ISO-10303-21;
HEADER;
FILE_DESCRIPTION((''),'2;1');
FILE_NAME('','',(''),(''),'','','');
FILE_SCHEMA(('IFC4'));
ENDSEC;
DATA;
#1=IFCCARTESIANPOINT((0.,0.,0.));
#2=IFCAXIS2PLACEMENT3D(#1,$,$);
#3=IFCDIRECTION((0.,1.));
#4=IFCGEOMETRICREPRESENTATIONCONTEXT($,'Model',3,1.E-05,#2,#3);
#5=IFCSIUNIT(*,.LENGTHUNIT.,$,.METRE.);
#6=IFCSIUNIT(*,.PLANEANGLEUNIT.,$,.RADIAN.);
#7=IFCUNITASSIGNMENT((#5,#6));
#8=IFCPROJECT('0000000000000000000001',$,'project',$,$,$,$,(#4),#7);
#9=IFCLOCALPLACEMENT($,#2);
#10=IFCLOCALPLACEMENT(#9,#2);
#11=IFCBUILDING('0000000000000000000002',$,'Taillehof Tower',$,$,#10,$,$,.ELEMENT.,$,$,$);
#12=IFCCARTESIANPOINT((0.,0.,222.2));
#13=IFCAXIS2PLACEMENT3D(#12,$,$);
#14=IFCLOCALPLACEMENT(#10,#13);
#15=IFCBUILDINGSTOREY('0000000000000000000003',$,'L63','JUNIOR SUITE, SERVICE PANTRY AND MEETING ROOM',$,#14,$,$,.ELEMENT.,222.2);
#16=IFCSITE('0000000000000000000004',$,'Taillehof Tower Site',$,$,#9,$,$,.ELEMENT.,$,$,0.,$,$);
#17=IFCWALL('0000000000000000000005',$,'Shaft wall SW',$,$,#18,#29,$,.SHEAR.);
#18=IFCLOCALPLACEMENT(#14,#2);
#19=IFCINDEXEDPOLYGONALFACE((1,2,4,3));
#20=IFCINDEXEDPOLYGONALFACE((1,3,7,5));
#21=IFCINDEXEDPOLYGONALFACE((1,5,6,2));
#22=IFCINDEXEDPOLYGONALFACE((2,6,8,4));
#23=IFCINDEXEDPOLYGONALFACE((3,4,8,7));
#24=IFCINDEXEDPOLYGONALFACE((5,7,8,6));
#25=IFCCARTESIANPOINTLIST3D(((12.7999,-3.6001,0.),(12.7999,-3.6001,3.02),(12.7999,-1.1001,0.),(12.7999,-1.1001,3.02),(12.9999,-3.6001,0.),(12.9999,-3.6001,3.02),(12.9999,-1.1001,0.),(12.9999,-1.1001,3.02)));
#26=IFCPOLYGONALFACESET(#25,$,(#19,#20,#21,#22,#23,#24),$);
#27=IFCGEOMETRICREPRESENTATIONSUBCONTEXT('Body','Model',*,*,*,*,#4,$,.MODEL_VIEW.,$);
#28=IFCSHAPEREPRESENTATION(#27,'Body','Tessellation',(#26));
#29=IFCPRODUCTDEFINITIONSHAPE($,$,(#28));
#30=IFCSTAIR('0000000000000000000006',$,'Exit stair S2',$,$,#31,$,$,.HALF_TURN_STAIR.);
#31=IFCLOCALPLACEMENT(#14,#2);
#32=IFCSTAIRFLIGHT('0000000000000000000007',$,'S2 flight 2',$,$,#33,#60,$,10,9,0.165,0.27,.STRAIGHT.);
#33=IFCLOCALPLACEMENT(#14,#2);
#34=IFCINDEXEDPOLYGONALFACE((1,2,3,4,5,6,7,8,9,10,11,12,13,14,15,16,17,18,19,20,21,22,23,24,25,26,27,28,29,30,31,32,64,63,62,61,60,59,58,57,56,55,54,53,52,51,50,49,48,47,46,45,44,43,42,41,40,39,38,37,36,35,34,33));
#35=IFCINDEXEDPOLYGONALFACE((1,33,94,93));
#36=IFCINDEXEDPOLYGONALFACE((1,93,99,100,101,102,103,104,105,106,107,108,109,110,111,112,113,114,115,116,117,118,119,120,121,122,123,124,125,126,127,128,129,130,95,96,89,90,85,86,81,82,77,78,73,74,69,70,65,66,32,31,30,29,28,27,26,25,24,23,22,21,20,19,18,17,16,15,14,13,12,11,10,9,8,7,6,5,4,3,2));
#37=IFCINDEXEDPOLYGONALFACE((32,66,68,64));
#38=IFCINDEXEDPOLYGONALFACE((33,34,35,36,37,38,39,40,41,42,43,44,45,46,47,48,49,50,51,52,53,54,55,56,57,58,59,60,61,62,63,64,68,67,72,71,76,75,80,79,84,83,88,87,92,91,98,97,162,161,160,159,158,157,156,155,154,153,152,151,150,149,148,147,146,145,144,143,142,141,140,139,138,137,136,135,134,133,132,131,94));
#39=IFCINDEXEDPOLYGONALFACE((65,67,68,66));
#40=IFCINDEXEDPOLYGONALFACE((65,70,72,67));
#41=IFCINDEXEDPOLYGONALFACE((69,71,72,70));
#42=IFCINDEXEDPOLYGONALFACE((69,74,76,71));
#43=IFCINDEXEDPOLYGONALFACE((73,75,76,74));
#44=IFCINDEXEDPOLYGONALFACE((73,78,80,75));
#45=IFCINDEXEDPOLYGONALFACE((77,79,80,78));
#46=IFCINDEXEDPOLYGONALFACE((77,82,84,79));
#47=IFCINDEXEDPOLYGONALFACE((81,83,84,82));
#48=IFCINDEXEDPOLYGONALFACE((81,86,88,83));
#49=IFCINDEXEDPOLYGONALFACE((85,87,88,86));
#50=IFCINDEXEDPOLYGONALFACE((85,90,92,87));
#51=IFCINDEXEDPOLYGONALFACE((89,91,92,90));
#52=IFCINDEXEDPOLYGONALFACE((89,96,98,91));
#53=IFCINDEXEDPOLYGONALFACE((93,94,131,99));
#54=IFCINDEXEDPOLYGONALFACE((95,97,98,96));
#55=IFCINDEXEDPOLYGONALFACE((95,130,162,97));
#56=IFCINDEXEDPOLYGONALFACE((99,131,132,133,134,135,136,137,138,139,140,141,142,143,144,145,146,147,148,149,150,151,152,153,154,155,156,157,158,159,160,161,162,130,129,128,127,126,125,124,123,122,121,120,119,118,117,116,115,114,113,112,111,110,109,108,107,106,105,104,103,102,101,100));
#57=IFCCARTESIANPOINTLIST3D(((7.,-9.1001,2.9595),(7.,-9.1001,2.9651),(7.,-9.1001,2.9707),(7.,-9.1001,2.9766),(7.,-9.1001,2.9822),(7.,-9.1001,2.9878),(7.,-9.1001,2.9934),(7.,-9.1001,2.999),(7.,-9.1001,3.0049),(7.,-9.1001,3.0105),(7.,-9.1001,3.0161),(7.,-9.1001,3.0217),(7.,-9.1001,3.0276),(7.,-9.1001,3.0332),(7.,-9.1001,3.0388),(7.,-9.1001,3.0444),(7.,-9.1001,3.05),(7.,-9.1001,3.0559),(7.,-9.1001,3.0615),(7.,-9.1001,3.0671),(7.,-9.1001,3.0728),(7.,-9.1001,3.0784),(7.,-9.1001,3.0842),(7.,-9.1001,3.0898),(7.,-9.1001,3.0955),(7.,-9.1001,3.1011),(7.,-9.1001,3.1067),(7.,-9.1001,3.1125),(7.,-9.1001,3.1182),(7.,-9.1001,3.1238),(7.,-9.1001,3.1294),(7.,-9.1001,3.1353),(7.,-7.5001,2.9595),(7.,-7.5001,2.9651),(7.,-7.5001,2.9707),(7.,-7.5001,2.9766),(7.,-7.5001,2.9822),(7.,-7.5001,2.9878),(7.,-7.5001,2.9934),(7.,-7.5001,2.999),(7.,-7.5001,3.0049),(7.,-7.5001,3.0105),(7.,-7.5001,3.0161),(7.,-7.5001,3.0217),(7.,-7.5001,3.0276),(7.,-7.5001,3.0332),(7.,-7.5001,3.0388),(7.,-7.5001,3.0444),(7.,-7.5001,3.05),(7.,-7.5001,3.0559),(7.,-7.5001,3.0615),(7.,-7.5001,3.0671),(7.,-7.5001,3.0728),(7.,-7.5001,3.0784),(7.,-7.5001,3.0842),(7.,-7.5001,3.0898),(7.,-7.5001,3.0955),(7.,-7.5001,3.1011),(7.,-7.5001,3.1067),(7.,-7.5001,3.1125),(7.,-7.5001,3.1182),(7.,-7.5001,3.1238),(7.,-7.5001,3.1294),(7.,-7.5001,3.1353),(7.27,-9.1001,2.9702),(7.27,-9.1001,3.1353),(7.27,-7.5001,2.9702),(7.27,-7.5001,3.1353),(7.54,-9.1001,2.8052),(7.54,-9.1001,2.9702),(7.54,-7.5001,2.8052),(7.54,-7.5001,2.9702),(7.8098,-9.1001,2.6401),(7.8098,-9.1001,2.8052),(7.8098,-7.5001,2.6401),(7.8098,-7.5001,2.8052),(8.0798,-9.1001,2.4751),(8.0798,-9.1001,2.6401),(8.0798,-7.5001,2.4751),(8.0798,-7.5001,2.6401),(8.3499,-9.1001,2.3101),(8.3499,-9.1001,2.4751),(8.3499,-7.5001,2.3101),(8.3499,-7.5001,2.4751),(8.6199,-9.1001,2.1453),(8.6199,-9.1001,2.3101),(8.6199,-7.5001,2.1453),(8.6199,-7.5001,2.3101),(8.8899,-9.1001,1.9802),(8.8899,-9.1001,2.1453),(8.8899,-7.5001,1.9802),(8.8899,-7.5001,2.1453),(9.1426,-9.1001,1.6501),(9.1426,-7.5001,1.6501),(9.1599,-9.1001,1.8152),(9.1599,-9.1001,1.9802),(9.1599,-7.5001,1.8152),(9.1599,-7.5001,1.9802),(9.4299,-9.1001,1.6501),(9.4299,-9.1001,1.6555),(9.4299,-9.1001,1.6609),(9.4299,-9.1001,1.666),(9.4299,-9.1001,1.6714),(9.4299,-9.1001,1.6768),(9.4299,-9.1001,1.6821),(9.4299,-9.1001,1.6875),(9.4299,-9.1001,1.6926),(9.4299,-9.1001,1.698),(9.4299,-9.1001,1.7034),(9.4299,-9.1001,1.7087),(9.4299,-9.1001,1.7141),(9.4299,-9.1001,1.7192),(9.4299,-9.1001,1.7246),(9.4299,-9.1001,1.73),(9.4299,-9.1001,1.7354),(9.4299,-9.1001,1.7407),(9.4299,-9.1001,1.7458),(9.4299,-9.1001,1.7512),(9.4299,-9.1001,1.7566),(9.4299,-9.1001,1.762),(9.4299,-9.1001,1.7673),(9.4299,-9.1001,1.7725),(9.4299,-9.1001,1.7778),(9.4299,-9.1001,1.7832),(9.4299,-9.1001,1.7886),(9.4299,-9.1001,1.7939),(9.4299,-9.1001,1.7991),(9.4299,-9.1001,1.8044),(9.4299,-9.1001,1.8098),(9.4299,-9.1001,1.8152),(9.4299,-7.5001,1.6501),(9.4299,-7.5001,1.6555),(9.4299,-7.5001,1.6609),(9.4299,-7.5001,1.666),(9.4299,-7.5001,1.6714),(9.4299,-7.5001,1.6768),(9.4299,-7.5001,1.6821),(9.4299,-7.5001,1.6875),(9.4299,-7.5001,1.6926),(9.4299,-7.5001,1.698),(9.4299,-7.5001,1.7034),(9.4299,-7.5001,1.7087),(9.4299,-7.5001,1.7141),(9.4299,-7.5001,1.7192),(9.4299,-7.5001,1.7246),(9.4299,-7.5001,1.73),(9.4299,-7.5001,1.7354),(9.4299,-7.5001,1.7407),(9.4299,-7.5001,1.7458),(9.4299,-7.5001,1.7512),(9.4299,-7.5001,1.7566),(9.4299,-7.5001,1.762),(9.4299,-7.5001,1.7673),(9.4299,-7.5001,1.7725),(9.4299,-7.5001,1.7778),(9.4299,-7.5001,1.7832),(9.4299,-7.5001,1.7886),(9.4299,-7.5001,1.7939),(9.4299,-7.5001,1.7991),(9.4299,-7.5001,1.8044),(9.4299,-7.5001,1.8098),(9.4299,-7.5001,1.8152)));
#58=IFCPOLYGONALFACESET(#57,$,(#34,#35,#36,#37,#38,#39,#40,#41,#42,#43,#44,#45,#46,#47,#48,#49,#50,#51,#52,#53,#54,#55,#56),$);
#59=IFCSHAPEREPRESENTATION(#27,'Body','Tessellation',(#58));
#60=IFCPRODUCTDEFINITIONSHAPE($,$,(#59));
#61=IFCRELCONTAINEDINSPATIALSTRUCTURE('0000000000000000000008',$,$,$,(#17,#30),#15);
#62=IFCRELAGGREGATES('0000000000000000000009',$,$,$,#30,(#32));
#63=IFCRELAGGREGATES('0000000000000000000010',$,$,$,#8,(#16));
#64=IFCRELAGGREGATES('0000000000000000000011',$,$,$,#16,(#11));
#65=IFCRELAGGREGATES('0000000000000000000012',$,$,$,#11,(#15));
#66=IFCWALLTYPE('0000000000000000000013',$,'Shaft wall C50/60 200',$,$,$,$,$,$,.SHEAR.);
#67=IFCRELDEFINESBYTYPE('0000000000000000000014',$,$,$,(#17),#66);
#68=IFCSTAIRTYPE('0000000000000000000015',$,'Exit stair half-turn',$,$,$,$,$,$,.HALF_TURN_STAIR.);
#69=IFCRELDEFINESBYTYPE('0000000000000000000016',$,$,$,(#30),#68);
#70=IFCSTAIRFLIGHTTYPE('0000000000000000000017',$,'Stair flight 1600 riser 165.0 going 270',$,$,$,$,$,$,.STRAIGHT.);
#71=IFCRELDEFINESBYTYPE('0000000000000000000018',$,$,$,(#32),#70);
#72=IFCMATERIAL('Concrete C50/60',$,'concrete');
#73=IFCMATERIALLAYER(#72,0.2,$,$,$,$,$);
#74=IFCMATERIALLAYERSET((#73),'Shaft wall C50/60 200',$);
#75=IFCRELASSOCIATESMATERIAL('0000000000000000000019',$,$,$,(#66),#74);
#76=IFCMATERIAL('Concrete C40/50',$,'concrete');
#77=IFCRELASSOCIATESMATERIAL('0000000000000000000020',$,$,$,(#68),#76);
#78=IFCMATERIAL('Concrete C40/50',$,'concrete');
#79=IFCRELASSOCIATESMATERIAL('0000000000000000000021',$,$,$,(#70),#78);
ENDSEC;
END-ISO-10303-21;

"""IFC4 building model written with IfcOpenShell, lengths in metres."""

from ifc_helpers import new_model, si_unit, direction, frame, frame_2d, origin, place, context, subcontext, project, spatial, polyline, rectangle, outline, extrude, material, layer, layer_set, type_object, element, aggregate, save


model = new_model("IFC4")

# Units and contexts
model_context = context("Model", 3, precision=1e-05, world=origin(), true_north=direction((0.0, 1.0)))
body_context = subcontext(model_context, "Body", "Model", "MODEL_VIEW")
ifc_project = project(units=[si_unit("LENGTHUNIT", "METRE"), si_unit("PLANEANGLEUNIT", "RADIAN")], contexts=[model_context])

# Site, building, storey
site_placement = place(None, origin())
site = spatial("IfcSite", under=ifc_project, at=site_placement, Name="Taillehof Tower Site", CompositionType="ELEMENT", RefElevation=0.0)
building_placement = place(site_placement, origin())
building = spatial("IfcBuilding", under=site, at=building_placement, Name="Taillehof Tower", CompositionType="ELEMENT")
storey_placement = place(building_placement, frame((0.0, 0.0, 222.2)))
storey = spatial("IfcBuildingStorey", under=building, at=storey_placement, Name="L63", Description="JUNIOR SUITE, SERVICE PANTRY AND MEETING ROOM", CompositionType="ELEMENT", Elevation=222.2)

# Wall
ifc_material_1 = material(Name="Concrete C50/60", Category="concrete")
ifc_layer_1 = layer(ifc_material_1, 0.2)
ifc_layer_set_1 = layer_set([ifc_layer_1], Name="Shaft wall C50/60 200")
wall_type_1 = type_object("IfcWallType", Name="Shaft wall C50/60 200", PredefinedType="SHEAR", material=ifc_layer_set_1)
for number, where, z_axis, x_axis, name in (
    (1, (12.8999, -3.6001, 0.0), (0.0, 0.0, 1.0), (0.0, 1.0, 0.0), "Shaft wall SW"),
):
    element("IfcWall", number, at=place(storey_placement, frame(where, z_axis=z_axis, x_axis=x_axis)), inside=storey, type_object=wall_type_1, Name=name, PredefinedType="SHEAR", context=body_context, shape_type="SweptSolid", body=[
        extrude(rectangle(XDim=2.5, YDim=0.2, at=frame_2d((1.25, 0.0))), origin(), (0.0, 0.0, 1.0), 3.02),
    ])

# Stair, stair flight
ifc_material_2 = material(Name="Concrete C40/50", Category="concrete")
stair_type = type_object("IfcStairType", Name="Exit stair half-turn", PredefinedType="HALF_TURN_STAIR", material=ifc_material_2)
stair_placement = place(storey_placement, origin())
stair = element("IfcStair", 2, at=stair_placement, inside=storey, type_object=stair_type, Name="Exit stair S2", PredefinedType="HALF_TURN_STAIR")
ifc_material_3 = material(Name="Concrete C40/50", Category="concrete")
stair_flight_type = type_object("IfcStairFlightType", Name="Stair flight 1600 riser 165.0 going 270", PredefinedType="STRAIGHT", material=ifc_material_3)
stair_flight_placement = place(storey_placement, frame((9.4299, -8.3, 1.6501), z_axis=(0.0, 0.0, 1.0), x_axis=(-1.0, 0.0, 0.0)))
stair_flight = element("IfcStairFlight", 3, at=stair_flight_placement, type_object=stair_flight_type, Name="S2 flight 2", NumberOfRisers=10, NumberOfTreads=9, PredefinedType="STRAIGHT", RiserHeight=0.165, TreadLength=0.27, context=body_context, shape_type="SweptSolid", body=[
    extrude(outline(polyline([(0.0, 0.0), (0.0, 0.0054), (0.0, 0.0107), (0.0, 0.0159), (0.0, 0.0212), (0.0, 0.0266), (0.0, 0.032), (0.0, 0.0374), (0.0, 0.0425), (0.0, 0.0479), (0.0, 0.0532), (0.0, 0.0586), (0.0, 0.064), (0.0, 0.0691), (0.0, 0.0745), (0.0, 0.0798), (0.0, 0.0852), (0.0, 0.0906), (0.0, 0.0957), (0.0, 0.1011), (0.0, 0.1064), (0.0, 0.1118), (0.0, 0.1172), (0.0, 0.1223), (0.0, 0.1277), (0.0, 0.1331), (0.0, 0.1384), (0.0, 0.1438), (0.0, 0.1489), (0.0, 0.1543), (0.0, 0.1597), (0.0, 0.165), (0.27, 0.165), (0.27, 0.3301), (0.54, 0.3301), (0.54, 0.4951), (0.8101, 0.4951), (0.8101, 0.6599), (1.0801, 0.6599), (1.0801, 0.825), (1.3501, 0.825), (1.3501, 0.99), (1.6201, 0.99), (1.6201, 1.155), (1.8899, 1.155), (1.8899, 1.3201), (2.1599, 1.3201), (2.1599, 1.4851), (2.4299, 1.4851), (2.4299, 1.4792), (2.4299, 1.4736), (2.4299, 1.468), (2.4299, 1.4624), (2.4299, 1.4565), (2.4299, 1.4509), (2.4299, 1.4453), (2.4299, 1.4397), (2.4299, 1.4341), (2.4299, 1.4282), (2.4299, 1.4226), (2.4299, 1.417), (2.4299, 1.4114), (2.4299, 1.4058), (2.4299, 1.3999), (2.4299, 1.3943), (2.4299, 1.3887), (2.4299, 1.3831), (2.4299, 1.3774), (2.4299, 1.3716), (2.4299, 1.366), (2.4299, 1.3604), (2.4299, 1.3547), (2.4299, 1.3489), (2.4299, 1.3433), (2.4299, 1.3376), (2.4299, 1.332), (2.4299, 1.3264), (2.4299, 1.3206), (2.4299, 1.3149), (2.4299, 1.3093), (0.2874, 0.0), (0.0, 0.0)])), frame((0.0, 0.8, 0.0), z_axis=(0.0, -1.0, 0.0), x_axis=(1.0, 0.0, 0.0)), (0.0, 0.0, 1.0), 1.6),
])
aggregate(stair, [stair_flight])

save(model, "model.ifc")
